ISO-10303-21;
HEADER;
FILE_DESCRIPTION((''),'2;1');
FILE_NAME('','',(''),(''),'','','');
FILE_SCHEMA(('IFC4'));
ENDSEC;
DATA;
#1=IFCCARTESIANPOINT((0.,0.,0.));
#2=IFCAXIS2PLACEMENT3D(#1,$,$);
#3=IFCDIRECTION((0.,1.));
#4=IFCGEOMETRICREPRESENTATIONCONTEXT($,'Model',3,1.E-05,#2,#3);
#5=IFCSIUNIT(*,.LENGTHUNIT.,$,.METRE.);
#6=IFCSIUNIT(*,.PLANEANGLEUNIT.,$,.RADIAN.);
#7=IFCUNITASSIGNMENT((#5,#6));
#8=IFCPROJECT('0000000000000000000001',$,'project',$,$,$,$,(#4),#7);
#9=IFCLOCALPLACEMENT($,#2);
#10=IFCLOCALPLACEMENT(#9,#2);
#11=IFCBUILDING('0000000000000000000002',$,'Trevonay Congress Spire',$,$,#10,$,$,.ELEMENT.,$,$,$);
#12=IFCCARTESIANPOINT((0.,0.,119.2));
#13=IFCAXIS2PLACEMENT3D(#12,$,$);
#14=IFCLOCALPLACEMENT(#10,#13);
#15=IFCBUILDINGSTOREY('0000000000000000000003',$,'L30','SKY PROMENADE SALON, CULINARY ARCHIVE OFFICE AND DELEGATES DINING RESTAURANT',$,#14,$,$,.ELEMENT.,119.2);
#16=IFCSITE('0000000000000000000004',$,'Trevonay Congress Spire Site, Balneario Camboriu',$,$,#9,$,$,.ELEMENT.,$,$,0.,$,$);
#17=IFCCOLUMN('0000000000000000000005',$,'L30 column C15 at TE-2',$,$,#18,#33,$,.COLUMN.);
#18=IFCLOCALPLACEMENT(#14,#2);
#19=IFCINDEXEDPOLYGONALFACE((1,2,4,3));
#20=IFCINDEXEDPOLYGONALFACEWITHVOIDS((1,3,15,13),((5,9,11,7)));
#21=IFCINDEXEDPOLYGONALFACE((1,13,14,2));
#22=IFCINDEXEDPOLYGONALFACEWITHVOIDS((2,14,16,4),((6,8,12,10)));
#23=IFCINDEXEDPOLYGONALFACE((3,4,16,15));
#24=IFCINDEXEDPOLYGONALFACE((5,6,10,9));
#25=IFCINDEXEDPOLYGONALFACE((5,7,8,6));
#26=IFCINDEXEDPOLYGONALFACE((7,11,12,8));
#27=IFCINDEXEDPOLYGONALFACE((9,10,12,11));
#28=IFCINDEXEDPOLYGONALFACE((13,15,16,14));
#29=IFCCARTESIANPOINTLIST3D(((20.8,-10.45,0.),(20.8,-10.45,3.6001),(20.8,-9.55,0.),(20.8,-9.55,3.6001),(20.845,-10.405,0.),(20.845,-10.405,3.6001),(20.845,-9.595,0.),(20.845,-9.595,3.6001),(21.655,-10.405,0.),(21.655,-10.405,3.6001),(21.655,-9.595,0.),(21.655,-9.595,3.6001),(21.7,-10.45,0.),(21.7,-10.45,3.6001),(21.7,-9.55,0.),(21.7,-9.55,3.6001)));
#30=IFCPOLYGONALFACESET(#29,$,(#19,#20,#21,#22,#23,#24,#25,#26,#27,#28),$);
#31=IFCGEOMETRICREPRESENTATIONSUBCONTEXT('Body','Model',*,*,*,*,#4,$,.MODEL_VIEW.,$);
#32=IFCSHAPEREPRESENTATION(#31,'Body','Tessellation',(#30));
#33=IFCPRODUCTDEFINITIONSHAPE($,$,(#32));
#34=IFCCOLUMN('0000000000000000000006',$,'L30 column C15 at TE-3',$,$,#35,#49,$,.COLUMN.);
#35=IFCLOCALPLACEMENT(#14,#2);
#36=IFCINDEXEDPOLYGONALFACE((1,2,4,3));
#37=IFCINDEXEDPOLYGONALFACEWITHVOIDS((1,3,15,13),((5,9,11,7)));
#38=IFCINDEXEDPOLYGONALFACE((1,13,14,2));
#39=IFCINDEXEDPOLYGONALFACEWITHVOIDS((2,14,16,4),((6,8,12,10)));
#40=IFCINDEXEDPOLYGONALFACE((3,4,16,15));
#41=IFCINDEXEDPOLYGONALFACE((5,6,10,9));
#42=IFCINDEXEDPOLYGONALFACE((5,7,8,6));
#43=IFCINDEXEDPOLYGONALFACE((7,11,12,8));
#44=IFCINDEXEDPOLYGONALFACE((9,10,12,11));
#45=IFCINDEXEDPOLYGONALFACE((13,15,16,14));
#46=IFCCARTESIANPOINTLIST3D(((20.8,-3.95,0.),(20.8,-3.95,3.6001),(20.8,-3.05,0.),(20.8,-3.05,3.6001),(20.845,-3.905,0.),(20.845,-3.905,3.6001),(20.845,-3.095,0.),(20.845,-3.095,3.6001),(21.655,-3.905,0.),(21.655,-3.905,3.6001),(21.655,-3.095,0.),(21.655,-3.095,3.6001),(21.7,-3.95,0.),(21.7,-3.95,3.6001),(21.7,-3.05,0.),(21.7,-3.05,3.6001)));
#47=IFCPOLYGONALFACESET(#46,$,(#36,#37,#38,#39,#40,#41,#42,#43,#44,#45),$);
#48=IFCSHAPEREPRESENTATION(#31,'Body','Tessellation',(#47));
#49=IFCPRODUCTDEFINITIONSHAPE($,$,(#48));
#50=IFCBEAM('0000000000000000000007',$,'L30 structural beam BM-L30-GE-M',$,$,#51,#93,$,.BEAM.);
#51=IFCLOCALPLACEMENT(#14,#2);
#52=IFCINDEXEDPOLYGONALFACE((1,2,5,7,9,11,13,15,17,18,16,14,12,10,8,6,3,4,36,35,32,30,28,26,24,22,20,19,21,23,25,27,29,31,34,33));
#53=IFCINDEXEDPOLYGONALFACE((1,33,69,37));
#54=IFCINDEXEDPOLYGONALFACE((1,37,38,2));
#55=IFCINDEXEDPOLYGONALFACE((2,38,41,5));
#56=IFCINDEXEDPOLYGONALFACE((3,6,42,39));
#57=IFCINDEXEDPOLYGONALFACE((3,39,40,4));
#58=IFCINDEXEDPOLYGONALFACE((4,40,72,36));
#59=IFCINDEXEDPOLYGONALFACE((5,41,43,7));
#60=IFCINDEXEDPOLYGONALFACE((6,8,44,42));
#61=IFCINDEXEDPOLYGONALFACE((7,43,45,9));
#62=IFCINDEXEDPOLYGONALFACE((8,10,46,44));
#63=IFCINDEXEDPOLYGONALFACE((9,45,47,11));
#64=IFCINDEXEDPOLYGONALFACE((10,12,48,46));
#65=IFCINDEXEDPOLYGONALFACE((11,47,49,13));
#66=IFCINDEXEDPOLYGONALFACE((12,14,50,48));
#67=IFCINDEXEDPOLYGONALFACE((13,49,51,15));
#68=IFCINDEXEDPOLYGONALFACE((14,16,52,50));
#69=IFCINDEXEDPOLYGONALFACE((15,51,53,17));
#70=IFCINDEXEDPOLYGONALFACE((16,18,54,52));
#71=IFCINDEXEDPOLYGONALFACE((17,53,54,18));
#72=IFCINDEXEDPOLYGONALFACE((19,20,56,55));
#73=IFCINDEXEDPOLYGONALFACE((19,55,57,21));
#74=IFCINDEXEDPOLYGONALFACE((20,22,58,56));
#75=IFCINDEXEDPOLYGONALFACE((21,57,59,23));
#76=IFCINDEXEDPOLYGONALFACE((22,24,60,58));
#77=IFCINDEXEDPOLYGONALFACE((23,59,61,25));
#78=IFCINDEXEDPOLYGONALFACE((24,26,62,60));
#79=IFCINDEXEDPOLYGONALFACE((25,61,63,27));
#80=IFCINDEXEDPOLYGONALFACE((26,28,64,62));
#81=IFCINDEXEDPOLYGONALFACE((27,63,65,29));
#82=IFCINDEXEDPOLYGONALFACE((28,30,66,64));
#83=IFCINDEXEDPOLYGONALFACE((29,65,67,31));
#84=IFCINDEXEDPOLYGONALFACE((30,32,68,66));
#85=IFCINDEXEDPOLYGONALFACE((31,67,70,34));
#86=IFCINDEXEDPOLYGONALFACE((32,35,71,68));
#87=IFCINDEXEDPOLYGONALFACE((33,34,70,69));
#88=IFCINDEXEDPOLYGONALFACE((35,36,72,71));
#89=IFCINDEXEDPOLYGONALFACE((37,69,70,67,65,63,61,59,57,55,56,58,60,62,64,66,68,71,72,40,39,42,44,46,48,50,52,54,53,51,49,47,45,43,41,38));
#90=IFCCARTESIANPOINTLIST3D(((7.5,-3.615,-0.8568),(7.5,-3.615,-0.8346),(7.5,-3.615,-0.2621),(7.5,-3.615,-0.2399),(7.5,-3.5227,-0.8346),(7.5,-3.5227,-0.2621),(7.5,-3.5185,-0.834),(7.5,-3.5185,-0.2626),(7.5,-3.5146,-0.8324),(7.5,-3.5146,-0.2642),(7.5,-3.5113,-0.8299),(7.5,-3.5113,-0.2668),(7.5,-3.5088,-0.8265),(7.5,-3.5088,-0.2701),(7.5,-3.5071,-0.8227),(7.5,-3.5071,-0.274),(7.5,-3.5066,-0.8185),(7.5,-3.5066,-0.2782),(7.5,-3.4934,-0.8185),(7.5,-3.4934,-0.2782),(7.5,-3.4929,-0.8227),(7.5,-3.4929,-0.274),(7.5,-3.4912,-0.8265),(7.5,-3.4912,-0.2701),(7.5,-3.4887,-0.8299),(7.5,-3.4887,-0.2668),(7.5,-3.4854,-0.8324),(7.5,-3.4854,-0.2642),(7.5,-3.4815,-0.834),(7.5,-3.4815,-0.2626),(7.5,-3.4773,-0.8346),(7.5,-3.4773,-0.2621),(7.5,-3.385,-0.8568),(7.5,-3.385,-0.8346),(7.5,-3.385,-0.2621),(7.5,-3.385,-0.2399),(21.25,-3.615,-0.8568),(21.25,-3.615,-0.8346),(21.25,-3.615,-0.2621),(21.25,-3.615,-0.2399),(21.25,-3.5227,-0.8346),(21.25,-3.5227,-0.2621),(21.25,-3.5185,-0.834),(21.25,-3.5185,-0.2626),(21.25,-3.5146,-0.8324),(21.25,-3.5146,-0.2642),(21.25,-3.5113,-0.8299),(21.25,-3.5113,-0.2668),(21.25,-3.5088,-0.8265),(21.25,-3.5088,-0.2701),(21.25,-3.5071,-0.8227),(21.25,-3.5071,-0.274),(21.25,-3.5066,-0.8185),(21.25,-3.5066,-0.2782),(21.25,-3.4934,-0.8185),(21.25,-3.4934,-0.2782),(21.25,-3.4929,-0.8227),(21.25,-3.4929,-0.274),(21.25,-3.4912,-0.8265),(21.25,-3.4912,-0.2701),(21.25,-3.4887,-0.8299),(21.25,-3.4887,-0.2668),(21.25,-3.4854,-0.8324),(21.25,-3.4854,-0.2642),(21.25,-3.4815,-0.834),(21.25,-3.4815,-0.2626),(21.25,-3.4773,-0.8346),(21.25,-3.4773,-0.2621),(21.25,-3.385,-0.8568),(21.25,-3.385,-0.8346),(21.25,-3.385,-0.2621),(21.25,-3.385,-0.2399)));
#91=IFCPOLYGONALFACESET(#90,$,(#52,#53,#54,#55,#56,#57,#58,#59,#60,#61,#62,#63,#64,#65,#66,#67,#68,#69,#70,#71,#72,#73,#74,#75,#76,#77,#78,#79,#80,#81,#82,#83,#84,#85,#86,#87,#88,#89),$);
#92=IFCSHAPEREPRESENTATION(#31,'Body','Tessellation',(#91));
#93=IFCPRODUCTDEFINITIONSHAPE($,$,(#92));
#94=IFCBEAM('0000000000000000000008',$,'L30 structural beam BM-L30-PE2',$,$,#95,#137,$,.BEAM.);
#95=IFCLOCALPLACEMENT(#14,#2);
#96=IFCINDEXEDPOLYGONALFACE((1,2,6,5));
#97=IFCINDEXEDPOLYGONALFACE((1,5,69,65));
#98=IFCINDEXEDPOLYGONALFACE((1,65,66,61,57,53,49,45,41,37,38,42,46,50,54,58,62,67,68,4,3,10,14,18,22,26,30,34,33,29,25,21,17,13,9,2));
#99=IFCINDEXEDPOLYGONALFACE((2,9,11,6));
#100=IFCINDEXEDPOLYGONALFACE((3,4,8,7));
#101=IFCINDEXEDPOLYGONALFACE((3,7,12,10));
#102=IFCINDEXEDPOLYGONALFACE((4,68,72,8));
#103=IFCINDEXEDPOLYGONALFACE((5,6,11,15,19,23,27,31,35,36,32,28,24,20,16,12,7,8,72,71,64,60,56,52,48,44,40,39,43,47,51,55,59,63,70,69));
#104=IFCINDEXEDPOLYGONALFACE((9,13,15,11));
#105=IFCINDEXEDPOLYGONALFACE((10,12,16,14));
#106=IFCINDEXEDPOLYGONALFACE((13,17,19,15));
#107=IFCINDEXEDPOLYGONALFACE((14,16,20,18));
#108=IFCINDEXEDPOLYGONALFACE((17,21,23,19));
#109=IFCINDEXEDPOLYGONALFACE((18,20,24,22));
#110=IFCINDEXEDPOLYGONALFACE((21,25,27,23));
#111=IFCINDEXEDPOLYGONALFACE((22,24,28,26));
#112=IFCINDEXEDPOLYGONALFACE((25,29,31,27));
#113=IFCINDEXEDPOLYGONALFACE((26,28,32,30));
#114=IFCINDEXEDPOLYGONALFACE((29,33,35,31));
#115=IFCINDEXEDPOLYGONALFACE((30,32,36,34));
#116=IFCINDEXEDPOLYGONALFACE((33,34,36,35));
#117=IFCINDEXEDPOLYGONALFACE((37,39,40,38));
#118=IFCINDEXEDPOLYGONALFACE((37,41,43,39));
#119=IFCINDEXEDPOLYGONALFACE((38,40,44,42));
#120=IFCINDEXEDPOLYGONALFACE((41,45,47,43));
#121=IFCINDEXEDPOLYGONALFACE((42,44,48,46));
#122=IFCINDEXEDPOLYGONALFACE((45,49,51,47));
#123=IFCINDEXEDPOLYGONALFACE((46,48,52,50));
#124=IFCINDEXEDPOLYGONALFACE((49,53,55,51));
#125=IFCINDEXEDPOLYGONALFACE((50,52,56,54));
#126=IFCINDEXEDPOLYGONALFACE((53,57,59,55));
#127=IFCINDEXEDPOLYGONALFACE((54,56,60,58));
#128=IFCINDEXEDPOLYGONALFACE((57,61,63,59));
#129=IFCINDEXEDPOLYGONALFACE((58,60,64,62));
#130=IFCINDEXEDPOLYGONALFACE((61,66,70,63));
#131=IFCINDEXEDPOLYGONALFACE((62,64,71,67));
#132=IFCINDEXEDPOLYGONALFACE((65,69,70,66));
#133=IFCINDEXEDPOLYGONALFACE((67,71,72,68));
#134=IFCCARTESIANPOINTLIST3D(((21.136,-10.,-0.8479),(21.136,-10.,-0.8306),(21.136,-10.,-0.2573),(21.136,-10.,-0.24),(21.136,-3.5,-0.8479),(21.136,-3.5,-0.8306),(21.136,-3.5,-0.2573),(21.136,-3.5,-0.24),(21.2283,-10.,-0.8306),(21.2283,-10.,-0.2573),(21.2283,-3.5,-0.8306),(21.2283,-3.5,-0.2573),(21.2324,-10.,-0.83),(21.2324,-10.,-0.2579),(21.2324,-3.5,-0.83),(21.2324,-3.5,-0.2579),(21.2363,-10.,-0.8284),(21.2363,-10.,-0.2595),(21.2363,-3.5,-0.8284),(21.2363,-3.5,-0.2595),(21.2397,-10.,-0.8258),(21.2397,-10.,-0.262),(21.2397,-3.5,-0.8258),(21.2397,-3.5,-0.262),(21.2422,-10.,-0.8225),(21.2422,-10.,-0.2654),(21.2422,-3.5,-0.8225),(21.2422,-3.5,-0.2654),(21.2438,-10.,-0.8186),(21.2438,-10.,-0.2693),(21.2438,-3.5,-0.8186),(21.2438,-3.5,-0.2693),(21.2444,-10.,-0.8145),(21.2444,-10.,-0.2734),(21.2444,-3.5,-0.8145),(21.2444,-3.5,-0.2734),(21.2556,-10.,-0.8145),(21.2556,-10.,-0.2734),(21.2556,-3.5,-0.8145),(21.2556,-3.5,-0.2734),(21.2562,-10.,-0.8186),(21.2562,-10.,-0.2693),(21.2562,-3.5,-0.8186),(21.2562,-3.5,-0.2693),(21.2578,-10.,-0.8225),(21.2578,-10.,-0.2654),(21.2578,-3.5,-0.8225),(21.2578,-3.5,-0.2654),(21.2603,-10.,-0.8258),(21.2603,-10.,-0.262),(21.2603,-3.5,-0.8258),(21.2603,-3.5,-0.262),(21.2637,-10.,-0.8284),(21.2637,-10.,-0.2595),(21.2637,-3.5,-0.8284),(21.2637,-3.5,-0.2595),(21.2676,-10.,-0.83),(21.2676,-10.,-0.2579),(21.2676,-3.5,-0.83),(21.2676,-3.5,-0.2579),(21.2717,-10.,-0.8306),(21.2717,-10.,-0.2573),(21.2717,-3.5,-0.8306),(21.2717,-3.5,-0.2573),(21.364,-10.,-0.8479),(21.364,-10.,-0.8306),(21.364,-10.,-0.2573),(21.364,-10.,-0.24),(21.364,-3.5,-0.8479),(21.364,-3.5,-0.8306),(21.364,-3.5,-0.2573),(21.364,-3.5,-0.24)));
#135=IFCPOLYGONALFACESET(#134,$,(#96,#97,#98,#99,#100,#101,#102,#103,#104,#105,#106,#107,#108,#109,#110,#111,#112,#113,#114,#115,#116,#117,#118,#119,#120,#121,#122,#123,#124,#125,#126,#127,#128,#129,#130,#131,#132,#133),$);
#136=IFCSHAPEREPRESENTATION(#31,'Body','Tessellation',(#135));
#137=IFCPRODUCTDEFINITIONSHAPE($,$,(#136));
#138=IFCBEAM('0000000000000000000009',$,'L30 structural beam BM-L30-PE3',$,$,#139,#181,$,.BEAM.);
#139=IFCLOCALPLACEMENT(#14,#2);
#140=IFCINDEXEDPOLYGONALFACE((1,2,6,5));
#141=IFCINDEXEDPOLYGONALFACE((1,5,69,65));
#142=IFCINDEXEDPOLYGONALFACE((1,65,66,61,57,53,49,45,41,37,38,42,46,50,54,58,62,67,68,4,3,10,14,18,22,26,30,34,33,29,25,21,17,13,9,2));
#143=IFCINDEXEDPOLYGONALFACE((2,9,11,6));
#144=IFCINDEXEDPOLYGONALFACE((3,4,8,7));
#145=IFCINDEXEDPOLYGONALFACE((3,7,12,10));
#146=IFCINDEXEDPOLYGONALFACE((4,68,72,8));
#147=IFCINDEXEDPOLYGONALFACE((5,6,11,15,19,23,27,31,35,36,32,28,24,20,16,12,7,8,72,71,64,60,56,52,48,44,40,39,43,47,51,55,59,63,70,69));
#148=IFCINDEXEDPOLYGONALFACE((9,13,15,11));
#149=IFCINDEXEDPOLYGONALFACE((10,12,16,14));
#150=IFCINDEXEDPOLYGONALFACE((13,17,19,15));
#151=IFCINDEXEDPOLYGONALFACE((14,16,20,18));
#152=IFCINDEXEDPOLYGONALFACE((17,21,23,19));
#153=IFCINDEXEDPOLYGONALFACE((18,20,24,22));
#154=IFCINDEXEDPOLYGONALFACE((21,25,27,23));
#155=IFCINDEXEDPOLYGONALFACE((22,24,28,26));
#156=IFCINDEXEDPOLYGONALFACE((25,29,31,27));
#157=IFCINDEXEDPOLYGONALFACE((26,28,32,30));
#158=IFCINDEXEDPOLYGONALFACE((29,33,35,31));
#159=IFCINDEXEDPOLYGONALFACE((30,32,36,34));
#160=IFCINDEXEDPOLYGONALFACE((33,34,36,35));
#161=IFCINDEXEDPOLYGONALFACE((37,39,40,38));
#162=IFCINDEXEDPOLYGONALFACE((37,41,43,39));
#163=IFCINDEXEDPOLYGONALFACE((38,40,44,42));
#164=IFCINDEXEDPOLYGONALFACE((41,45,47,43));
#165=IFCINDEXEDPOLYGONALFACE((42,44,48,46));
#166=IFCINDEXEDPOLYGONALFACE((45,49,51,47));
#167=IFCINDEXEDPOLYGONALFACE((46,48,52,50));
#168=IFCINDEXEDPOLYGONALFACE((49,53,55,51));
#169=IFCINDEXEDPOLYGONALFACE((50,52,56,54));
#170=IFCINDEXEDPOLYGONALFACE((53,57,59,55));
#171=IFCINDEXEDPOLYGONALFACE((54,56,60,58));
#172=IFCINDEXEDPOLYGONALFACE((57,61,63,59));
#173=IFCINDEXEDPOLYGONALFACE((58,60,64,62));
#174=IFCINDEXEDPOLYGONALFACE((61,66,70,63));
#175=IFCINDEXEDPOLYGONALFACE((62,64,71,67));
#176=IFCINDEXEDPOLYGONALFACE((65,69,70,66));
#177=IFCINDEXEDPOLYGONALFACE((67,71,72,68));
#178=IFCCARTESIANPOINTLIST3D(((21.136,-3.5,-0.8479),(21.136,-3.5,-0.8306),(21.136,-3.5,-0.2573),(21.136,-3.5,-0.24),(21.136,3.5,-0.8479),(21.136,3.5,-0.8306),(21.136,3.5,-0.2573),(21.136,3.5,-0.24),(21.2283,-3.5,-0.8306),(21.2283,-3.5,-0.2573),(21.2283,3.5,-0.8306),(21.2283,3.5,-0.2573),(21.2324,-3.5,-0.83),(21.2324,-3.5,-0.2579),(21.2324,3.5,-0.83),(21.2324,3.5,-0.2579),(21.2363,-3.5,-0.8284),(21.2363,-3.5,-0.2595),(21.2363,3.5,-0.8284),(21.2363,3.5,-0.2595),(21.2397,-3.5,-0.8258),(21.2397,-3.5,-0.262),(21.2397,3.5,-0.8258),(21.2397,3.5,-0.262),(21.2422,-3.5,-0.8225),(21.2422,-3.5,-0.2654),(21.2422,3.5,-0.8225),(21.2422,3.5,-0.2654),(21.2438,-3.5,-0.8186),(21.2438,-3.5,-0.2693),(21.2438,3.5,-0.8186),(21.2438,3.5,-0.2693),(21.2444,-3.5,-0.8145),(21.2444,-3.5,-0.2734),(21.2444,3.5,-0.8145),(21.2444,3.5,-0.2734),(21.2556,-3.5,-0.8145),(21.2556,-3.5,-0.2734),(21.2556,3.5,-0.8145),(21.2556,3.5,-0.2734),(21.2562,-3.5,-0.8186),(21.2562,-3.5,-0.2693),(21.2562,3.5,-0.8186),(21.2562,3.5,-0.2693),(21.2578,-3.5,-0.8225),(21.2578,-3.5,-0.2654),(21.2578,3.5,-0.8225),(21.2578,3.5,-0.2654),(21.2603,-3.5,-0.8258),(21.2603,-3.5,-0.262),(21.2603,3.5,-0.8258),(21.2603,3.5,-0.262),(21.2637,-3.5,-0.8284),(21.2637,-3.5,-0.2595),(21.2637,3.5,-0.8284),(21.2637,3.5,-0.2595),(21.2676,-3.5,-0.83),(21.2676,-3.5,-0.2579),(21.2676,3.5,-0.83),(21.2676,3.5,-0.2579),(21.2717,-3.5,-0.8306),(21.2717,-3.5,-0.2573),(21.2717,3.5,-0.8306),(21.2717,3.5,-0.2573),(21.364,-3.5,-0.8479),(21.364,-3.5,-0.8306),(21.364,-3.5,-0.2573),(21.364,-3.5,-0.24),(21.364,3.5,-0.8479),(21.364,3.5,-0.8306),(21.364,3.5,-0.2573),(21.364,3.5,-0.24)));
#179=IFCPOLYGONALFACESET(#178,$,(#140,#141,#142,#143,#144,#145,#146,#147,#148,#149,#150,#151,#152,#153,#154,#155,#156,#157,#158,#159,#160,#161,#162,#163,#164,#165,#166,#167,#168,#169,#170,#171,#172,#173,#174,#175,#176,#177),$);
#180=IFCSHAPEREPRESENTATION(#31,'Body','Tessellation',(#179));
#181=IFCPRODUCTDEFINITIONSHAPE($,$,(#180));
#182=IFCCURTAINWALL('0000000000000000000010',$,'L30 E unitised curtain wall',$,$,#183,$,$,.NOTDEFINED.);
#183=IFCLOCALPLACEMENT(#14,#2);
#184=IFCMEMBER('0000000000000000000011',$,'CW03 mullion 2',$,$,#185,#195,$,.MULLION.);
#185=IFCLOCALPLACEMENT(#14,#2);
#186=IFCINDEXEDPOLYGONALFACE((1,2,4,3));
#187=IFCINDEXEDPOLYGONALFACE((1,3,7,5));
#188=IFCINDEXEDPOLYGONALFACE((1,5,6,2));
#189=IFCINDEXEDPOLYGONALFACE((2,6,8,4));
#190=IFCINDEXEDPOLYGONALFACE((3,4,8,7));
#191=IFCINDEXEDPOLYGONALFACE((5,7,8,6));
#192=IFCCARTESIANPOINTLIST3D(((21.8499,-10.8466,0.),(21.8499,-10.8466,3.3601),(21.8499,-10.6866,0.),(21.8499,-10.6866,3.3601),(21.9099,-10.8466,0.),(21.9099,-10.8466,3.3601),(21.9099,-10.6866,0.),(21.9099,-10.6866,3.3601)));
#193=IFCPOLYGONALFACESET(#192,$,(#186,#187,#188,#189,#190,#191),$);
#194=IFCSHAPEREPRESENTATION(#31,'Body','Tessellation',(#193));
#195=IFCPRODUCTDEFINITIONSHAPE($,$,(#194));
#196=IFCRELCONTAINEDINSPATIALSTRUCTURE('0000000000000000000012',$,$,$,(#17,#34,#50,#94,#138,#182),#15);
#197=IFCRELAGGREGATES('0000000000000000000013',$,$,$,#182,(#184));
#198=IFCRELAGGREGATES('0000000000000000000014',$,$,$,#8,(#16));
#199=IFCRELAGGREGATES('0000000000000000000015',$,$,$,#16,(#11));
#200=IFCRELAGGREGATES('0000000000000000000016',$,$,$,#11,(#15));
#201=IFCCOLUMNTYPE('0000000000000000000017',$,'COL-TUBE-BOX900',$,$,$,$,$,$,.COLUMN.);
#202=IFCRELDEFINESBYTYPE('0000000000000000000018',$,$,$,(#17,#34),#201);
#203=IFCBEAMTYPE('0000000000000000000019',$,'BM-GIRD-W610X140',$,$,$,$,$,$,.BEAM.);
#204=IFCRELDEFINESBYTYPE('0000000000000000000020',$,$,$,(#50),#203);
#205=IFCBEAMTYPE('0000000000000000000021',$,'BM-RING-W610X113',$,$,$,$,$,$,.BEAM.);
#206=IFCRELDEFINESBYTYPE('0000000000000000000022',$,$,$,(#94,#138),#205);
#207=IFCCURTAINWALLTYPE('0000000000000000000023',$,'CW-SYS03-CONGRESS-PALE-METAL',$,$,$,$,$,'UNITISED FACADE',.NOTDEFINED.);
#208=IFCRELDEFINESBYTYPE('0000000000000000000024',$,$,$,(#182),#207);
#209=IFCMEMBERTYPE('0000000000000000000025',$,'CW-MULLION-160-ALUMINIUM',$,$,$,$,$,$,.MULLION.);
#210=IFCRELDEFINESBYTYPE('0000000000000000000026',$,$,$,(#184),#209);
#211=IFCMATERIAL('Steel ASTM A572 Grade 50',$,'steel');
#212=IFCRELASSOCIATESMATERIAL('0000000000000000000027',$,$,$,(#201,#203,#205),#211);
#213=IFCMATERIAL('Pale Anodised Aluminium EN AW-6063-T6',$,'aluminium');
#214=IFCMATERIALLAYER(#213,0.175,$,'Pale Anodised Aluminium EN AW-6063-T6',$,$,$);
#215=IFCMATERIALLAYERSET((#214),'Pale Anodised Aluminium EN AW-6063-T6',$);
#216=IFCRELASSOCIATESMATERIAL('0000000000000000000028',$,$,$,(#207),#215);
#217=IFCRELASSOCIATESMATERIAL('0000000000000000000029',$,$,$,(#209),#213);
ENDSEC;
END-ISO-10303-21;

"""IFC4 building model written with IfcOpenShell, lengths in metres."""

from ifc_helpers import new_model, si_unit, direction, frame, origin, origin_2d, place, context, subcontext, project, spatial, rectangle, hollow_rectangle, i_section, extrude, material, layer, layer_set, material_profile, profile_set, type_object, element, aggregate, save


model = new_model("IFC4")

# Units and contexts
model_context = context("Model", 3, precision=1e-05, world=origin(), true_north=direction((0.0, 1.0)))
body_context = subcontext(model_context, "Body", "Model", "MODEL_VIEW")
ifc_project = project(units=[si_unit("LENGTHUNIT", "METRE"), si_unit("PLANEANGLEUNIT", "RADIAN")], contexts=[model_context])

# Site, building, storey
site_placement = place(None, origin())
site = spatial("IfcSite", under=ifc_project, at=site_placement, Name="Trevonay Congress Spire Site, Balneario Camboriu", CompositionType="ELEMENT", RefElevation=0.0)
building_placement = place(site_placement, origin())
building = spatial("IfcBuilding", under=site, at=building_placement, Name="Trevonay Congress Spire", CompositionType="ELEMENT")
storey_placement = place(building_placement, frame((0.0, 0.0, 119.2)))
storey = spatial("IfcBuildingStorey", under=building, at=storey_placement, Name="L30", Description="SKY PROMENADE SALON, CULINARY ARCHIVE OFFICE AND DELEGATES DINING RESTAURANT", CompositionType="ELEMENT", Elevation=119.2)

# Columns
ifc_material_1 = material(Name="Steel ASTM A572 Grade 50", Category="steel")
ifc_material_profile_1 = material_profile(ifc_material_1, hollow_rectangle(XDim=0.8999, YDim=0.8999, WallThickness=0.0449, at=origin_2d()), Name="BOX 900x900x45")
ifc_profile_set_1 = profile_set([ifc_material_profile_1], Name="Steel ASTM A572 Grade 50")
column_type = type_object("IfcColumnType", Name="COL-TUBE-BOX900", PredefinedType="COLUMN", material=ifc_profile_set_1)
for number, where, z_axis, x_axis, name in (
    (1, (21.25, -10.0, 0.0), (0.0, 0.0, 1.0), (1.0, 0.0, 0.0), "L30 column C15 at TE-2"),
    (2, (21.25, -3.5, 0.0), (0.0, 0.0, 1.0), (1.0, 0.0, 0.0), "L30 column C15 at TE-3"),
):
    element("IfcColumn", number, at=place(storey_placement, frame(where, z_axis=z_axis, x_axis=x_axis)), inside=storey, type_object=column_type, Name=name, PredefinedType="COLUMN", context=body_context, shape_type="SweptSolid", body=[
        extrude(hollow_rectangle(XDim=0.8999, YDim=0.8999, WallThickness=0.0449, at=origin_2d()), origin(), (0.0, 0.0, 1.0), 3.6001),
    ])

# Beams
ifc_material_profile_2 = material_profile(ifc_material_1, i_section(OverallWidth=0.23, OverallDepth=0.6169, WebThickness=0.0132, FlangeThickness=0.0222, FilletRadius=0.0161, at=origin_2d()), Name="W610x140")
ifc_profile_set_2 = profile_set([ifc_material_profile_2], Name="Steel ASTM A572 Grade 50")
beam_type_1 = type_object("IfcBeamType", Name="BM-GIRD-W610X140", PredefinedType="BEAM", material=ifc_profile_set_2)
beam_1_placement = place(storey_placement, frame((7.5, -3.5, -0.5483), z_axis=(1.0, 0.0, 0.0), x_axis=(0.0, 1.0, 0.0)))
element("IfcBeam", 3, at=beam_1_placement, inside=storey, type_object=beam_type_1, Name="L30 structural beam BM-L30-GE-M", PredefinedType="BEAM", context=body_context, shape_type="SweptSolid", body=[
    extrude(i_section(OverallWidth=0.23, OverallDepth=0.6169, WebThickness=0.0132, FlangeThickness=0.0222, FilletRadius=0.0161, at=origin_2d()), origin(), (0.0, 0.0, 1.0), 13.75),
])
ifc_material_profile_3 = material_profile(ifc_material_1, i_section(OverallWidth=0.228, OverallDepth=0.6079, WebThickness=0.0112, FlangeThickness=0.0173, FilletRadius=0.0161, at=origin_2d()), Name="W610x113")
ifc_profile_set_3 = profile_set([ifc_material_profile_3], Name="Steel ASTM A572 Grade 50")
beam_type_2 = type_object("IfcBeamType", Name="BM-RING-W610X113", PredefinedType="BEAM", material=ifc_profile_set_3)
beam_2_placement = place(storey_placement, frame((21.25, -10.0, -0.5439), z_axis=(0.0, 1.0, 0.0), x_axis=(-1.0, 0.0, 0.0)))
element("IfcBeam", 4, at=beam_2_placement, inside=storey, type_object=beam_type_2, Name="L30 structural beam BM-L30-PE2", PredefinedType="BEAM", context=body_context, shape_type="SweptSolid", body=[
    extrude(i_section(OverallWidth=0.228, OverallDepth=0.6079, WebThickness=0.0112, FlangeThickness=0.0173, FilletRadius=0.0161, at=origin_2d()), origin(), (0.0, 0.0, 1.0), 6.5),
])
beam_3_placement = place(storey_placement, frame((21.25, -3.5, -0.5439), z_axis=(0.0, 1.0, 0.0), x_axis=(-1.0, 0.0, 0.0)))
element("IfcBeam", 5, at=beam_3_placement, inside=storey, type_object=beam_type_2, Name="L30 structural beam BM-L30-PE3", PredefinedType="BEAM", context=body_context, shape_type="SweptSolid", body=[
    extrude(i_section(OverallWidth=0.228, OverallDepth=0.6079, WebThickness=0.0112, FlangeThickness=0.0173, FilletRadius=0.0161, at=origin_2d()), origin(), (0.0, 0.0, 1.0), 7.0),
])

# Curtain wall, member
ifc_material_2 = material(Name="Pale Anodised Aluminium EN AW-6063-T6", Category="aluminium")
ifc_layer_1 = layer(ifc_material_2, 0.175, Name="Pale Anodised Aluminium EN AW-6063-T6")
ifc_layer_set_1 = layer_set([ifc_layer_1], Name="Pale Anodised Aluminium EN AW-6063-T6")
curtain_wall_type = type_object("IfcCurtainWallType", Name="CW-SYS03-CONGRESS-PALE-METAL", ElementType="UNITISED FACADE", PredefinedType="NOTDEFINED", material=ifc_layer_set_1)
curtain_wall_placement = place(storey_placement, origin())
curtain_wall = element("IfcCurtainWall", 6, at=curtain_wall_placement, inside=storey, type_object=curtain_wall_type, Name="L30 E unitised curtain wall", PredefinedType="NOTDEFINED")
ifc_material_profile_4 = material_profile(ifc_material_2, rectangle(XDim=0.0601, YDim=0.1599, at=origin_2d()), Name="CW-MULLION-160-ALUMINIUM")
ifc_profile_set_4 = profile_set([ifc_material_profile_4], Name="Pale Anodised Aluminium EN AW-6063-T6")
member_type_1 = type_object("IfcMemberType", Name="CW-MULLION-160-ALUMINIUM", PredefinedType="MULLION", material=ifc_profile_set_4)
member_1_placement = place(storey_placement, frame((21.8799, -10.7666, 0.0), z_axis=(0.0, 0.0, 1.0), x_axis=(-1.0, 0.0, 0.0)))
member_1 = element("IfcMember", 7, at=member_1_placement, type_object=member_type_1, Name="CW03 mullion 2", PredefinedType="MULLION", context=body_context, shape_type="SweptSolid", body=[
    extrude(rectangle(XDim=0.0601, YDim=0.1599, at=origin_2d()), origin(), (0.0, 0.0, 1.0), 3.3601),
])

aggregate(curtain_wall, [member_1])

save(model, "model.ifc")
